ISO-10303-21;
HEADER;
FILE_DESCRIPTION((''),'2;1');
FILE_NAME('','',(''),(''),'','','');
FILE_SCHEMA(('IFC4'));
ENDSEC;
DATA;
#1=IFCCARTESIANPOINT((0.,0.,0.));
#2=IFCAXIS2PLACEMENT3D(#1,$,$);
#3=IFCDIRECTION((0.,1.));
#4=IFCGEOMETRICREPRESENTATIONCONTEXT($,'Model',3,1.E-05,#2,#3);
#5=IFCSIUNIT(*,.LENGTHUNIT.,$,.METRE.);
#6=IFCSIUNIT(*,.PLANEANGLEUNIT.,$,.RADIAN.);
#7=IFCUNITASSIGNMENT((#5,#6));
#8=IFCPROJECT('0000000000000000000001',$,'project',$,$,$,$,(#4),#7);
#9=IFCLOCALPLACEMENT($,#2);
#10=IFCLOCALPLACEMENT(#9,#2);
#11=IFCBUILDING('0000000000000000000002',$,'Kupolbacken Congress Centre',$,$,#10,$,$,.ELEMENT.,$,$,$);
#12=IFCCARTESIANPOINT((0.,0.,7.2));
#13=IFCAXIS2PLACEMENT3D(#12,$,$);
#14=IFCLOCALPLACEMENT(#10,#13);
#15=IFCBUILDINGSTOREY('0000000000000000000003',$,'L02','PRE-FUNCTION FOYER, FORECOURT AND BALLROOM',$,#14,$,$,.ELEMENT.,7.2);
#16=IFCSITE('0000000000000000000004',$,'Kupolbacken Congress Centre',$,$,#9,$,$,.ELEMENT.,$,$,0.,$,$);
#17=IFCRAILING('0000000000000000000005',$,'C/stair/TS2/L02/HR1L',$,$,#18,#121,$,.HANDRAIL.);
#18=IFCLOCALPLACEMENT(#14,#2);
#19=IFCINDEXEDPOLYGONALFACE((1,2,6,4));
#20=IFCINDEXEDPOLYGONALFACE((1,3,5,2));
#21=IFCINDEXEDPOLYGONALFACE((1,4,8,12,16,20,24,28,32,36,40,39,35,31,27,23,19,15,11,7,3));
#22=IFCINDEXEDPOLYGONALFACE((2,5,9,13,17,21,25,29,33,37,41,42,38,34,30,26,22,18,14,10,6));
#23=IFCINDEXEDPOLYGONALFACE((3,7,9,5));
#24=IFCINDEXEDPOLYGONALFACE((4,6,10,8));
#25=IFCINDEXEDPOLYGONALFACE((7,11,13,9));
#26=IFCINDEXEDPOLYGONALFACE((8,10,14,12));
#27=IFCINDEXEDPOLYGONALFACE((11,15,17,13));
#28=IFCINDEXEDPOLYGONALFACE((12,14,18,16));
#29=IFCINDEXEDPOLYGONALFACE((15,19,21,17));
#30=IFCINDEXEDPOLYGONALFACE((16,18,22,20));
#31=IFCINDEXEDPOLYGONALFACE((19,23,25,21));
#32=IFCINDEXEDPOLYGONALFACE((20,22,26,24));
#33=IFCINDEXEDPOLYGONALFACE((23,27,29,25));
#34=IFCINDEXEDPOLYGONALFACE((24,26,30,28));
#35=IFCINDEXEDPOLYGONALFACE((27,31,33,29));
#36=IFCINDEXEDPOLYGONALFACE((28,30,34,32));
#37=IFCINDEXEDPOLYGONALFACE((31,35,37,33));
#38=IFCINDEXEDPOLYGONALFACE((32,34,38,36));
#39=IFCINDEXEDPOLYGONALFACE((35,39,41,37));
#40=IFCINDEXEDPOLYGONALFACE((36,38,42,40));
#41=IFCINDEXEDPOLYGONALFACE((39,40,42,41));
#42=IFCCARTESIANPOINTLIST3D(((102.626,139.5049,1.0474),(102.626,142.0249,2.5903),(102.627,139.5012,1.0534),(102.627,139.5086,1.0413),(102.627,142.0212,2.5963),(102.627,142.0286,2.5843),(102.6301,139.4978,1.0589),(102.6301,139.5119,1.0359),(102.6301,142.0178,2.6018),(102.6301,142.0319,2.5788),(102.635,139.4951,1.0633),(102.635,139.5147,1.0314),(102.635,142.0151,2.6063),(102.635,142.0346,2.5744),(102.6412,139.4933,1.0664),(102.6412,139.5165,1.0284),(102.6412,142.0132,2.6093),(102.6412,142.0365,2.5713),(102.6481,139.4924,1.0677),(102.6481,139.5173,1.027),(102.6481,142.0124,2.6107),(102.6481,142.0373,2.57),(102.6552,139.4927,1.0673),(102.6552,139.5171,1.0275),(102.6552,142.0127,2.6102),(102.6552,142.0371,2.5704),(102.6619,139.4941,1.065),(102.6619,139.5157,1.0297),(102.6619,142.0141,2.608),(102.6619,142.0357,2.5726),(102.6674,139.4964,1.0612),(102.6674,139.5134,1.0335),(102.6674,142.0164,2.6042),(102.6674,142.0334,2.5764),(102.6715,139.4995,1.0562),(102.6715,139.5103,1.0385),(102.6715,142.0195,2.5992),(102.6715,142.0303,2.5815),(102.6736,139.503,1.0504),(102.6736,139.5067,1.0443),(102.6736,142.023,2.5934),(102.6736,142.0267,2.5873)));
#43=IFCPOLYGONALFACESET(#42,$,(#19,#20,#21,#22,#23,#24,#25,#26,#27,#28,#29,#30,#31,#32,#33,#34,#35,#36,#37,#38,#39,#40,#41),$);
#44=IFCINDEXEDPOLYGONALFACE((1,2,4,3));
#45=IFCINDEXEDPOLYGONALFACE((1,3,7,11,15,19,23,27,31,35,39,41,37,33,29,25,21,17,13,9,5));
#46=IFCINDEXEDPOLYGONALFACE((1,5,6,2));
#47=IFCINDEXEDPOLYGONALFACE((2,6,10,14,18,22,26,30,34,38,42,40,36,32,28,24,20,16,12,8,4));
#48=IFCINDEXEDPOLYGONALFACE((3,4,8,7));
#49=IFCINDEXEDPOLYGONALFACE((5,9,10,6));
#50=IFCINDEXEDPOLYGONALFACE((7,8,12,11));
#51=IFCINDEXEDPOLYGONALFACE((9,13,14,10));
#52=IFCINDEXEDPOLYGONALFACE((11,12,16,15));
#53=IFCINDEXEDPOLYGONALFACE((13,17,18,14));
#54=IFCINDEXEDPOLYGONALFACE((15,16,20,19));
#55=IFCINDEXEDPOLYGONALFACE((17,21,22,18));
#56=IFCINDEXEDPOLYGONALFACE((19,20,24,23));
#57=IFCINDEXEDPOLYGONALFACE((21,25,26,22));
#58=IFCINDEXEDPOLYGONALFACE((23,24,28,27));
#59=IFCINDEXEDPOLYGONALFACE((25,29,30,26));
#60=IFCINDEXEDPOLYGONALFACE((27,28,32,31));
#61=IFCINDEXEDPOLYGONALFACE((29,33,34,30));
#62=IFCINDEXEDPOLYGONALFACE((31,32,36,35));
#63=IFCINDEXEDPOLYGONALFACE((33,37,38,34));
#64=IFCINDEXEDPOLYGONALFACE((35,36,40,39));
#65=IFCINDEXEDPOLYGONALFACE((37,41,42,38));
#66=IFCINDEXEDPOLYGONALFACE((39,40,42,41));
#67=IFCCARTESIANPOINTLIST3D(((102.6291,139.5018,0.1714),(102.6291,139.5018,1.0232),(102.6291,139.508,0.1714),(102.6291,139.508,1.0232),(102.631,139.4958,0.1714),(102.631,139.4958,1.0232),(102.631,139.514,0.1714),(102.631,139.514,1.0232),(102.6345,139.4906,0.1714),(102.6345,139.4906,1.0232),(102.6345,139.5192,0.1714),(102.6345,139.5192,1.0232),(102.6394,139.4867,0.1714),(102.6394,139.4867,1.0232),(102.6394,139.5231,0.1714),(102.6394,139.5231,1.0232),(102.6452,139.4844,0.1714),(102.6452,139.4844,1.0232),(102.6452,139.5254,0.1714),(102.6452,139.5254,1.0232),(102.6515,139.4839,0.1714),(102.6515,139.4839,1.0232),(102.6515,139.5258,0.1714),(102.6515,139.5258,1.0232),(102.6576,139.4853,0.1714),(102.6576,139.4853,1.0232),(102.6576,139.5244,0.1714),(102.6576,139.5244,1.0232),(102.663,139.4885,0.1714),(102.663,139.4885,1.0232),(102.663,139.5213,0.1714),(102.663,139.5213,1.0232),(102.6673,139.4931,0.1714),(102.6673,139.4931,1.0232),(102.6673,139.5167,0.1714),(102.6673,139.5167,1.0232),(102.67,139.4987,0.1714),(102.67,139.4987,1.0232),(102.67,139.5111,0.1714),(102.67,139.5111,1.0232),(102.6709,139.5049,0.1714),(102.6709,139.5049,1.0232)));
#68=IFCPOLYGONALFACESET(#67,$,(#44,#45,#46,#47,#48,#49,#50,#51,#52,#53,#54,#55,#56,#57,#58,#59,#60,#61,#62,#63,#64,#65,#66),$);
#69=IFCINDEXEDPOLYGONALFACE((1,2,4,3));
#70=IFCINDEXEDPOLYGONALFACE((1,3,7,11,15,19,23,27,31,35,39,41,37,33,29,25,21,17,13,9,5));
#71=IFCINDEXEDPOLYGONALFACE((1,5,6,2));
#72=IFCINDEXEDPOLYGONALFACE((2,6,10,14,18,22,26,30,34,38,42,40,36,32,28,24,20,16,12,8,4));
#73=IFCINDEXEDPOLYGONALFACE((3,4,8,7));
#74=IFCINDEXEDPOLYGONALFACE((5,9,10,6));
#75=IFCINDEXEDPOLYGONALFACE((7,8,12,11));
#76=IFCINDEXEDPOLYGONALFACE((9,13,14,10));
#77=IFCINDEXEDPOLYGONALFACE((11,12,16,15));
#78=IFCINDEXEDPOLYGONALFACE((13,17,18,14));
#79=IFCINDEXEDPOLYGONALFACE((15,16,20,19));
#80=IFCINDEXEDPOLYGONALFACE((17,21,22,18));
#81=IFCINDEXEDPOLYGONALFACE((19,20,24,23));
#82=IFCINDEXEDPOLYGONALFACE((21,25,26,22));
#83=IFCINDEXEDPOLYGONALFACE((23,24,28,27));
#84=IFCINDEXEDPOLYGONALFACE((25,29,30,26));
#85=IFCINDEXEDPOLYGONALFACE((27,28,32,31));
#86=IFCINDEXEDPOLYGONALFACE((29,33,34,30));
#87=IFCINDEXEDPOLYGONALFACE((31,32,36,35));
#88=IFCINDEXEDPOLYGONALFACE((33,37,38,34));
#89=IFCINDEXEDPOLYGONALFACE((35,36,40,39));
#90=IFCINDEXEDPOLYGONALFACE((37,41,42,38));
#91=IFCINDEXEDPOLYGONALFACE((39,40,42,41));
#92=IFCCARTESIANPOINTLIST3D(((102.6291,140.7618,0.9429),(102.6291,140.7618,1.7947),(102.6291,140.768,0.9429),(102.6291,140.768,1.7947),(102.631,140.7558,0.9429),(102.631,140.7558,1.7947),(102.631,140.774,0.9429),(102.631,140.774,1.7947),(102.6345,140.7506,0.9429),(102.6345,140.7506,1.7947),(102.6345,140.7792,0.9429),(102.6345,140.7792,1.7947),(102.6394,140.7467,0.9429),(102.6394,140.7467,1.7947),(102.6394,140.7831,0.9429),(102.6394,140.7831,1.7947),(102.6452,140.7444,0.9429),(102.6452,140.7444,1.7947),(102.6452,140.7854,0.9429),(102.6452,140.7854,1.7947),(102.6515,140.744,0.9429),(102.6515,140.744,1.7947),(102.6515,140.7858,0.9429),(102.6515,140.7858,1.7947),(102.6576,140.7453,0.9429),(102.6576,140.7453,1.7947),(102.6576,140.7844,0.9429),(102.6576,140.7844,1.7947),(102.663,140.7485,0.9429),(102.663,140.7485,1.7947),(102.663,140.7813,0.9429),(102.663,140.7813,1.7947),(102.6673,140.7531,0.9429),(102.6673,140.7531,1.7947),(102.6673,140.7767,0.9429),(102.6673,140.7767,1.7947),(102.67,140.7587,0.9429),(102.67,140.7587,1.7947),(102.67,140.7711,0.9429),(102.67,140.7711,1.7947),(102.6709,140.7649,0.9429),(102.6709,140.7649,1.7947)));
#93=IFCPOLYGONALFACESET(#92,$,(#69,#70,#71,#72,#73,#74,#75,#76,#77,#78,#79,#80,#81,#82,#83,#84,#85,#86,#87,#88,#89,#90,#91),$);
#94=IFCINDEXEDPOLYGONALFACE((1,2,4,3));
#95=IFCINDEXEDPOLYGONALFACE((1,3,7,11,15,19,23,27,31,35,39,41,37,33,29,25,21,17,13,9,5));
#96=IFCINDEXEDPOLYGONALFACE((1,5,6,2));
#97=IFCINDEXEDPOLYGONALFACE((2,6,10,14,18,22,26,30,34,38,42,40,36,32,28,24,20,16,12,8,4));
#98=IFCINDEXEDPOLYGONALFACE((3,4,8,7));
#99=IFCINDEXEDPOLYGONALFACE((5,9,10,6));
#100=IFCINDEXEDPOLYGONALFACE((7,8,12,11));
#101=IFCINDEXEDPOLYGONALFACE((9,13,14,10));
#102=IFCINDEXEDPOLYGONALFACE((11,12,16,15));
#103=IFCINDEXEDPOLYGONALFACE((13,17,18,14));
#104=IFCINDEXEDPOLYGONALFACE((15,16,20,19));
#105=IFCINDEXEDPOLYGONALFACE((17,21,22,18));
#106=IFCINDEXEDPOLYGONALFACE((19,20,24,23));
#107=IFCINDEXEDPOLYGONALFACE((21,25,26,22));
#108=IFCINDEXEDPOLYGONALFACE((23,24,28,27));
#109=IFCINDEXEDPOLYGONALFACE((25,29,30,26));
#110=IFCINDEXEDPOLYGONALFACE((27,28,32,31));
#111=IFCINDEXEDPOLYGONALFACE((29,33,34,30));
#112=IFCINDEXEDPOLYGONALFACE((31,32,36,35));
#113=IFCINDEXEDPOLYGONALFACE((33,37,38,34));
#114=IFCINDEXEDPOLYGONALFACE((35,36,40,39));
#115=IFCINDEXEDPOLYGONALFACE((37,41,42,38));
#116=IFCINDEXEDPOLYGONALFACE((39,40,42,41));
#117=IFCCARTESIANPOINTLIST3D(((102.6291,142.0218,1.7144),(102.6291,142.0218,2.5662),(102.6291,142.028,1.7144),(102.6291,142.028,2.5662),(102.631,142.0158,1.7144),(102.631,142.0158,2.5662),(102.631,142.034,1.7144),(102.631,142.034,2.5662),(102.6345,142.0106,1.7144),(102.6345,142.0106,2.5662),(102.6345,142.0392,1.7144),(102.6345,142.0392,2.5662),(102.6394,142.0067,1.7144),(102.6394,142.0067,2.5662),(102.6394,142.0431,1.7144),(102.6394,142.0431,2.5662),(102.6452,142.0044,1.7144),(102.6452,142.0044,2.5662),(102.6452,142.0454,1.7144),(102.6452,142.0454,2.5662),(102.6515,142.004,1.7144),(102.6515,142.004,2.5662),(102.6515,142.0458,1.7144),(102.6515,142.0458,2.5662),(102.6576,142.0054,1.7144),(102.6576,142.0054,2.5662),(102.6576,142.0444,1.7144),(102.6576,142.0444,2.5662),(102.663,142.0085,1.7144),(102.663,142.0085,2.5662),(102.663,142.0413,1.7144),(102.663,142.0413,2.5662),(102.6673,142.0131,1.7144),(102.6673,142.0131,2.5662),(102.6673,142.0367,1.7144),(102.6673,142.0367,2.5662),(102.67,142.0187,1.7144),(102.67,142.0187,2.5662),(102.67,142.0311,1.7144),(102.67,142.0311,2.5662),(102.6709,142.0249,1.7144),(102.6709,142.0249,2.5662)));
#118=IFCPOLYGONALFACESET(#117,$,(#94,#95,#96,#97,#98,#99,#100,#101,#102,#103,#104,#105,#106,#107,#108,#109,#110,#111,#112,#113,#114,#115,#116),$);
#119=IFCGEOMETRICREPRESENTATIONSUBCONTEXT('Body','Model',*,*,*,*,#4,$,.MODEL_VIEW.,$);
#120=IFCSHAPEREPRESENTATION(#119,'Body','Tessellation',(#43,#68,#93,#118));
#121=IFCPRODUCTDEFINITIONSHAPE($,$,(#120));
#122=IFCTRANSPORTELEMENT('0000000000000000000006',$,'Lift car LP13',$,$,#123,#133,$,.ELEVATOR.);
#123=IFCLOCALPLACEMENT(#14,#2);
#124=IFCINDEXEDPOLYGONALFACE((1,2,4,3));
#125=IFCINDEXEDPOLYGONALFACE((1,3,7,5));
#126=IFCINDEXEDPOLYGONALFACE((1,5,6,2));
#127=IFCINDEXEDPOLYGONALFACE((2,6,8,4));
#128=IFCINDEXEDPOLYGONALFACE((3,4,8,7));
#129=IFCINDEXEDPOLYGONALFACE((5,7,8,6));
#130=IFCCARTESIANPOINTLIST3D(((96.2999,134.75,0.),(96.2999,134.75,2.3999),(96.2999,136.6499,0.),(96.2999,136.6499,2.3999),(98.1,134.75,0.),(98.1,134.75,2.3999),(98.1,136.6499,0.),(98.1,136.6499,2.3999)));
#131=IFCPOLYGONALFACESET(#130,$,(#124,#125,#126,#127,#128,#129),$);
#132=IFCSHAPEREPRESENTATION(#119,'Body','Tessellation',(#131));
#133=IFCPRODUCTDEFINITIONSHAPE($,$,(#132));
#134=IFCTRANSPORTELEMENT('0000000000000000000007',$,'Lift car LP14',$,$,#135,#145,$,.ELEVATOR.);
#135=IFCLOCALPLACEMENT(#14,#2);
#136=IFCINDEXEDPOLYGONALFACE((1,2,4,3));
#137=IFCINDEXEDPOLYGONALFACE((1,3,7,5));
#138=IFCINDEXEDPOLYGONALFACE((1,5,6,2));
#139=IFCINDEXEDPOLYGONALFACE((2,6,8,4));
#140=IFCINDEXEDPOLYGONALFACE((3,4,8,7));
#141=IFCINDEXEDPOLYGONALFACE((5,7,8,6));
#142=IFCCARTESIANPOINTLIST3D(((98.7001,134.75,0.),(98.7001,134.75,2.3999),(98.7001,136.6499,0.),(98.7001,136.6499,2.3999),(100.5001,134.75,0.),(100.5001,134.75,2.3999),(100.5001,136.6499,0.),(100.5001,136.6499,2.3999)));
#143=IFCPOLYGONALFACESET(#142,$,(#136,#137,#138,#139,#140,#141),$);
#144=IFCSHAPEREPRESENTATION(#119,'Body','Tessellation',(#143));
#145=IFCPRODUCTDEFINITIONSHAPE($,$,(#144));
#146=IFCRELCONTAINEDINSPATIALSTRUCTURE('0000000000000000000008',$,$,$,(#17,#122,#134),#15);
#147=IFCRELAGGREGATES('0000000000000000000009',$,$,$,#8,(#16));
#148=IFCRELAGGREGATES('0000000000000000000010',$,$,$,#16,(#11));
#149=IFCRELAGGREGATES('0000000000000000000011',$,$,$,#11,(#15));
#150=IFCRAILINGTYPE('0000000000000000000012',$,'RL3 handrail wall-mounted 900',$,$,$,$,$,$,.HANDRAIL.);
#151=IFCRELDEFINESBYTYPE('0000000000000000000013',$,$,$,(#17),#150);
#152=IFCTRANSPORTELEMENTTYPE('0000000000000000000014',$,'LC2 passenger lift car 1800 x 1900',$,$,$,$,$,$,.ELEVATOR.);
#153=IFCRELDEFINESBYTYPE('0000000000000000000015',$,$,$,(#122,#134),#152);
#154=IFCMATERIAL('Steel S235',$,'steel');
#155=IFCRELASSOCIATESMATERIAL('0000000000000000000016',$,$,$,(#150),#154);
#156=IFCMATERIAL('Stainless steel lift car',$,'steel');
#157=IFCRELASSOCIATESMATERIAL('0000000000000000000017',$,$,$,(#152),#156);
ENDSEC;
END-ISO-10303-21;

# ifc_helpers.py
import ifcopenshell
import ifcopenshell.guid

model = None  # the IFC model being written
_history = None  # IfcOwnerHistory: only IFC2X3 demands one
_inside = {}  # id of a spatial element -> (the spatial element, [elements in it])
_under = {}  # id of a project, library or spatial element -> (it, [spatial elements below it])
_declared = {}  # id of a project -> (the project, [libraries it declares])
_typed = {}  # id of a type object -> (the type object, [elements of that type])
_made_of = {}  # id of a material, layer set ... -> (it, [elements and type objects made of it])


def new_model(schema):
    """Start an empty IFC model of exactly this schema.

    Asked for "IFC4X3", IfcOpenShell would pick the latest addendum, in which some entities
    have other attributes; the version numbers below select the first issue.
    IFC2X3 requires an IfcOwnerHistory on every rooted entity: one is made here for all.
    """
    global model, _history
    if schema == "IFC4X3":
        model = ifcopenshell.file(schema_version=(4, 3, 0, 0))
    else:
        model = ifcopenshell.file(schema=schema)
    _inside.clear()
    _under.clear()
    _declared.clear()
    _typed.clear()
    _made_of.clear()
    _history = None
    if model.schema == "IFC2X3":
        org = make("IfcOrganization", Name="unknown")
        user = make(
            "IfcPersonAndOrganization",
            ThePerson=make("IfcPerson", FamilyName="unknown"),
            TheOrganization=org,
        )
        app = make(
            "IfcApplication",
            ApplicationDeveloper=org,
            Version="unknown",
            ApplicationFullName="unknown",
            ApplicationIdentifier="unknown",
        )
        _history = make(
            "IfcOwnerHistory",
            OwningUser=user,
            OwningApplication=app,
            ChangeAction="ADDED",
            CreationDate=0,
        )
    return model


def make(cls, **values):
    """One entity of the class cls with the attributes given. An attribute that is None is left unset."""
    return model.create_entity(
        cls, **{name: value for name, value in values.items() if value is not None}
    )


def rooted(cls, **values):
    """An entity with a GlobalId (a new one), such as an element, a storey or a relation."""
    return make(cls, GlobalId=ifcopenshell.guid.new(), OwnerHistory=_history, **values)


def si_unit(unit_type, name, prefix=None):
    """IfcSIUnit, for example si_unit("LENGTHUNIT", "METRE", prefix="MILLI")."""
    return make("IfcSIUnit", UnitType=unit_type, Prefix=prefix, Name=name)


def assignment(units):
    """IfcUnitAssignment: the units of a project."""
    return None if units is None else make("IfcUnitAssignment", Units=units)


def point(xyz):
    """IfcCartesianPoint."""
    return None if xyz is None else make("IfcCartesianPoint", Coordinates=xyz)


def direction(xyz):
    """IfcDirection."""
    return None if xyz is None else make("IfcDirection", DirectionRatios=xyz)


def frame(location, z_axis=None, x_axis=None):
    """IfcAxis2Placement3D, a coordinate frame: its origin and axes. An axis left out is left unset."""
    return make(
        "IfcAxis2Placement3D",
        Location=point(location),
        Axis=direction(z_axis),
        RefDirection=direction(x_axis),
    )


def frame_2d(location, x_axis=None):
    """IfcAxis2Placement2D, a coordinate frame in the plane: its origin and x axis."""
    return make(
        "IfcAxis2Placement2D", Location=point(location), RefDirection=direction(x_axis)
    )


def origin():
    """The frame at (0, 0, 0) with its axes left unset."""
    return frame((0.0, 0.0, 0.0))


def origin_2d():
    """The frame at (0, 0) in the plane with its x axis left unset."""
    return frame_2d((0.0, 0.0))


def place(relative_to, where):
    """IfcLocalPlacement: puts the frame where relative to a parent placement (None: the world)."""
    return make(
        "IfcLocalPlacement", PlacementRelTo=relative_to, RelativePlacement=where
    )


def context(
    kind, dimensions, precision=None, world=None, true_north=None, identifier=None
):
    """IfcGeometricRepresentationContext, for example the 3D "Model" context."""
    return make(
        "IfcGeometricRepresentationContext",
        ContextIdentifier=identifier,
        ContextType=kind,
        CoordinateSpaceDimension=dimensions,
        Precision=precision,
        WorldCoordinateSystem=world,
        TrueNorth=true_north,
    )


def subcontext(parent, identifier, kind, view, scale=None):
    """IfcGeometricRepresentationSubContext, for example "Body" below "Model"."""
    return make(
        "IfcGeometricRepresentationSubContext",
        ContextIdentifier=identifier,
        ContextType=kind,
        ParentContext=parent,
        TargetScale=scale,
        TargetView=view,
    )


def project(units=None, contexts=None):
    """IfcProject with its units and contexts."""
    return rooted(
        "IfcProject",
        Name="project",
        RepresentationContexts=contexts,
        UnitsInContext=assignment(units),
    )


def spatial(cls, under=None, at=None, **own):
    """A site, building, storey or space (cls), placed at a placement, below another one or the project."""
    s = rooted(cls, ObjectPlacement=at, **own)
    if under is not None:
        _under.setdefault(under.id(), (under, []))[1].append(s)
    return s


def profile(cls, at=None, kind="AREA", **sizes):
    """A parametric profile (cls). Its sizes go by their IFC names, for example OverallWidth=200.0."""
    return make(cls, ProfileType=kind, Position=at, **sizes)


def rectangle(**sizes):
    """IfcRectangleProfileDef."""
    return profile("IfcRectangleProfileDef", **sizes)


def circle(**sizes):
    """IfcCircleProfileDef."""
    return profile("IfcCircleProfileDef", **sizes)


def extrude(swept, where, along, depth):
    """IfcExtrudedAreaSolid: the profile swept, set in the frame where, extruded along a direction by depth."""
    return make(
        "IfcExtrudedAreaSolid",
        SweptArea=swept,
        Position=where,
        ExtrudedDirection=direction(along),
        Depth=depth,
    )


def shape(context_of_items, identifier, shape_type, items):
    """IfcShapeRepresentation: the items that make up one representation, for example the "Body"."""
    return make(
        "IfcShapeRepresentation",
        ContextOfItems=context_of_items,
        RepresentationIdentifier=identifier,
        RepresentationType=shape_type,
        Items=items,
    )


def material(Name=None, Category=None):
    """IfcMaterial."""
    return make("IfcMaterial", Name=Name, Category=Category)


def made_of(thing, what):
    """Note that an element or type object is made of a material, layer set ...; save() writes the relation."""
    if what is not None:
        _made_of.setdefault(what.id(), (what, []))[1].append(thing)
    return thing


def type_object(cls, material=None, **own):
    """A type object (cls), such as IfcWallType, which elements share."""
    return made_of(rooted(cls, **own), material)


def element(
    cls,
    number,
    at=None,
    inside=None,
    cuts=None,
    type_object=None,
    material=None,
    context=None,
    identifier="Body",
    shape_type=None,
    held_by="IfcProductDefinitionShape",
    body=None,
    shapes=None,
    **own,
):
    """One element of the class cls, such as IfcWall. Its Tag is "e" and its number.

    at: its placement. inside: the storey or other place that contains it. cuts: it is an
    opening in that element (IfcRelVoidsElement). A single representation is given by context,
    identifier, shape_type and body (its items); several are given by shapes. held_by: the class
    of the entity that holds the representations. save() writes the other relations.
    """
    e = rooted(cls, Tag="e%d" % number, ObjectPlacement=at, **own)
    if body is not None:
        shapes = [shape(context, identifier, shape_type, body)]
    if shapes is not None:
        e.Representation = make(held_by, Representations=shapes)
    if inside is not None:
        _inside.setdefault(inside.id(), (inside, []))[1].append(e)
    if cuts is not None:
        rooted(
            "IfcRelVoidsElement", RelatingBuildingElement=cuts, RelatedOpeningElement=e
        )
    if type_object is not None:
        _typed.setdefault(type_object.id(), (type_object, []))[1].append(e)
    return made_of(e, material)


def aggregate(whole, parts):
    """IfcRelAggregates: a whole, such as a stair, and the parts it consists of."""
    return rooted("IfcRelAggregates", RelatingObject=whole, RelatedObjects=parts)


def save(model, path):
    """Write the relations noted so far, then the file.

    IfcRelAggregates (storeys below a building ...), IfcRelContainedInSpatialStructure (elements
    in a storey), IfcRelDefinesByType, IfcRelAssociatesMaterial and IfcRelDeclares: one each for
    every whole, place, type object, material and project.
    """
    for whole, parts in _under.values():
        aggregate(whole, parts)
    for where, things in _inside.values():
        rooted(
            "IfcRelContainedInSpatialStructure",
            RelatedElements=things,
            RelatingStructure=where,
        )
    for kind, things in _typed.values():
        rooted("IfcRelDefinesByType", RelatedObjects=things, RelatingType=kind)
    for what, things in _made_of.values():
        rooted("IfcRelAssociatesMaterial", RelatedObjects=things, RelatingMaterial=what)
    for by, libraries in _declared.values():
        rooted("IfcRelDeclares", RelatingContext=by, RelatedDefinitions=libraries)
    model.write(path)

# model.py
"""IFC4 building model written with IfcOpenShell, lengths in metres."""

from ifc_helpers import new_model, si_unit, direction, frame, origin, origin_2d, place, context, subcontext, project, spatial, rectangle, circle, extrude, material, type_object, element, save


model = new_model("IFC4")

# Units and contexts
model_context = context("Model", 3, precision=1e-05, world=origin(), true_north=direction((0.0, 1.0)))
body_context = subcontext(model_context, "Body", "Model", "MODEL_VIEW")
ifc_project = project(units=[si_unit("LENGTHUNIT", "METRE"), si_unit("PLANEANGLEUNIT", "RADIAN")], contexts=[model_context])

# Site, building, storey
site_placement = place(None, origin())
site = spatial("IfcSite", under=ifc_project, at=site_placement, Name="Kupolbacken Congress Centre", CompositionType="ELEMENT", RefElevation=0.0)
building_placement = place(site_placement, origin())
building = spatial("IfcBuilding", under=site, at=building_placement, Name="Kupolbacken Congress Centre", CompositionType="ELEMENT")
storey_placement = place(building_placement, frame((0.0, 0.0, 7.2)))
storey = spatial("IfcBuildingStorey", under=building, at=storey_placement, Name="L02", Description="PRE-FUNCTION FOYER, FORECOURT AND BALLROOM", CompositionType="ELEMENT", Elevation=7.2)

# Railing
ifc_material_1 = material(Name="Steel S235", Category="steel")
railing_type = type_object("IfcRailingType", Name="RL3 handrail wall-mounted 900", PredefinedType="HANDRAIL", material=ifc_material_1)
railing_placement = place(storey_placement, frame((102.6499, 139.5049, 0.1714)))
element("IfcRailing", 1, at=railing_placement, inside=storey, type_object=railing_type, Name="C/stair/TS2/L02/HR1L", PredefinedType="HANDRAIL", context=body_context, shape_type="SweptSolid", body=[
    extrude(circle(Radius=0.0239, at=origin_2d()), frame((0.0, 0.0, 0.876), z_axis=(0.0, 0.852836, 0.522178), x_axis=(-1.0, 0.0, 0.0)), (0.0, 0.0, 1.0), 2.9548),
    extrude(circle(Radius=0.021, at=origin_2d()), origin(), (0.0, 0.0, 1.0), 0.8518),
    extrude(circle(Radius=0.021, at=origin_2d()), frame((0.0, 1.26, 0.7715)), (0.0, 0.0, 1.0), 0.8518),
    extrude(circle(Radius=0.021, at=origin_2d()), frame((0.0, 2.52, 1.543)), (0.0, 0.0, 1.0), 0.8518),
])

# Transport elements
ifc_material_2 = material(Name="Stainless steel lift car", Category="steel")
transport_element_type = type_object("IfcTransportElementType", Name="LC2 passenger lift car 1800 x 1900", PredefinedType="ELEVATOR", material=ifc_material_2)
for number, where, z_axis, x_axis, name in (
    (2, (97.2, 135.7, 0.0), (0.0, 0.0, 1.0), (1.0, 0.0, 0.0), "Lift car LP13"),
    (3, (99.6001, 135.7, 0.0), (0.0, 0.0, 1.0), (1.0, 0.0, 0.0), "Lift car LP14"),
):
    element("IfcTransportElement", number, at=place(storey_placement, frame(where, z_axis=z_axis, x_axis=x_axis)), inside=storey, type_object=transport_element_type, Name=name, PredefinedType="ELEVATOR", context=body_context, shape_type="SweptSolid", body=[
        extrude(rectangle(XDim=1.8, YDim=1.8999, at=origin_2d()), origin(), (0.0, 0.0, 1.0), 2.3999),
    ])

save(model, "model.ifc")
